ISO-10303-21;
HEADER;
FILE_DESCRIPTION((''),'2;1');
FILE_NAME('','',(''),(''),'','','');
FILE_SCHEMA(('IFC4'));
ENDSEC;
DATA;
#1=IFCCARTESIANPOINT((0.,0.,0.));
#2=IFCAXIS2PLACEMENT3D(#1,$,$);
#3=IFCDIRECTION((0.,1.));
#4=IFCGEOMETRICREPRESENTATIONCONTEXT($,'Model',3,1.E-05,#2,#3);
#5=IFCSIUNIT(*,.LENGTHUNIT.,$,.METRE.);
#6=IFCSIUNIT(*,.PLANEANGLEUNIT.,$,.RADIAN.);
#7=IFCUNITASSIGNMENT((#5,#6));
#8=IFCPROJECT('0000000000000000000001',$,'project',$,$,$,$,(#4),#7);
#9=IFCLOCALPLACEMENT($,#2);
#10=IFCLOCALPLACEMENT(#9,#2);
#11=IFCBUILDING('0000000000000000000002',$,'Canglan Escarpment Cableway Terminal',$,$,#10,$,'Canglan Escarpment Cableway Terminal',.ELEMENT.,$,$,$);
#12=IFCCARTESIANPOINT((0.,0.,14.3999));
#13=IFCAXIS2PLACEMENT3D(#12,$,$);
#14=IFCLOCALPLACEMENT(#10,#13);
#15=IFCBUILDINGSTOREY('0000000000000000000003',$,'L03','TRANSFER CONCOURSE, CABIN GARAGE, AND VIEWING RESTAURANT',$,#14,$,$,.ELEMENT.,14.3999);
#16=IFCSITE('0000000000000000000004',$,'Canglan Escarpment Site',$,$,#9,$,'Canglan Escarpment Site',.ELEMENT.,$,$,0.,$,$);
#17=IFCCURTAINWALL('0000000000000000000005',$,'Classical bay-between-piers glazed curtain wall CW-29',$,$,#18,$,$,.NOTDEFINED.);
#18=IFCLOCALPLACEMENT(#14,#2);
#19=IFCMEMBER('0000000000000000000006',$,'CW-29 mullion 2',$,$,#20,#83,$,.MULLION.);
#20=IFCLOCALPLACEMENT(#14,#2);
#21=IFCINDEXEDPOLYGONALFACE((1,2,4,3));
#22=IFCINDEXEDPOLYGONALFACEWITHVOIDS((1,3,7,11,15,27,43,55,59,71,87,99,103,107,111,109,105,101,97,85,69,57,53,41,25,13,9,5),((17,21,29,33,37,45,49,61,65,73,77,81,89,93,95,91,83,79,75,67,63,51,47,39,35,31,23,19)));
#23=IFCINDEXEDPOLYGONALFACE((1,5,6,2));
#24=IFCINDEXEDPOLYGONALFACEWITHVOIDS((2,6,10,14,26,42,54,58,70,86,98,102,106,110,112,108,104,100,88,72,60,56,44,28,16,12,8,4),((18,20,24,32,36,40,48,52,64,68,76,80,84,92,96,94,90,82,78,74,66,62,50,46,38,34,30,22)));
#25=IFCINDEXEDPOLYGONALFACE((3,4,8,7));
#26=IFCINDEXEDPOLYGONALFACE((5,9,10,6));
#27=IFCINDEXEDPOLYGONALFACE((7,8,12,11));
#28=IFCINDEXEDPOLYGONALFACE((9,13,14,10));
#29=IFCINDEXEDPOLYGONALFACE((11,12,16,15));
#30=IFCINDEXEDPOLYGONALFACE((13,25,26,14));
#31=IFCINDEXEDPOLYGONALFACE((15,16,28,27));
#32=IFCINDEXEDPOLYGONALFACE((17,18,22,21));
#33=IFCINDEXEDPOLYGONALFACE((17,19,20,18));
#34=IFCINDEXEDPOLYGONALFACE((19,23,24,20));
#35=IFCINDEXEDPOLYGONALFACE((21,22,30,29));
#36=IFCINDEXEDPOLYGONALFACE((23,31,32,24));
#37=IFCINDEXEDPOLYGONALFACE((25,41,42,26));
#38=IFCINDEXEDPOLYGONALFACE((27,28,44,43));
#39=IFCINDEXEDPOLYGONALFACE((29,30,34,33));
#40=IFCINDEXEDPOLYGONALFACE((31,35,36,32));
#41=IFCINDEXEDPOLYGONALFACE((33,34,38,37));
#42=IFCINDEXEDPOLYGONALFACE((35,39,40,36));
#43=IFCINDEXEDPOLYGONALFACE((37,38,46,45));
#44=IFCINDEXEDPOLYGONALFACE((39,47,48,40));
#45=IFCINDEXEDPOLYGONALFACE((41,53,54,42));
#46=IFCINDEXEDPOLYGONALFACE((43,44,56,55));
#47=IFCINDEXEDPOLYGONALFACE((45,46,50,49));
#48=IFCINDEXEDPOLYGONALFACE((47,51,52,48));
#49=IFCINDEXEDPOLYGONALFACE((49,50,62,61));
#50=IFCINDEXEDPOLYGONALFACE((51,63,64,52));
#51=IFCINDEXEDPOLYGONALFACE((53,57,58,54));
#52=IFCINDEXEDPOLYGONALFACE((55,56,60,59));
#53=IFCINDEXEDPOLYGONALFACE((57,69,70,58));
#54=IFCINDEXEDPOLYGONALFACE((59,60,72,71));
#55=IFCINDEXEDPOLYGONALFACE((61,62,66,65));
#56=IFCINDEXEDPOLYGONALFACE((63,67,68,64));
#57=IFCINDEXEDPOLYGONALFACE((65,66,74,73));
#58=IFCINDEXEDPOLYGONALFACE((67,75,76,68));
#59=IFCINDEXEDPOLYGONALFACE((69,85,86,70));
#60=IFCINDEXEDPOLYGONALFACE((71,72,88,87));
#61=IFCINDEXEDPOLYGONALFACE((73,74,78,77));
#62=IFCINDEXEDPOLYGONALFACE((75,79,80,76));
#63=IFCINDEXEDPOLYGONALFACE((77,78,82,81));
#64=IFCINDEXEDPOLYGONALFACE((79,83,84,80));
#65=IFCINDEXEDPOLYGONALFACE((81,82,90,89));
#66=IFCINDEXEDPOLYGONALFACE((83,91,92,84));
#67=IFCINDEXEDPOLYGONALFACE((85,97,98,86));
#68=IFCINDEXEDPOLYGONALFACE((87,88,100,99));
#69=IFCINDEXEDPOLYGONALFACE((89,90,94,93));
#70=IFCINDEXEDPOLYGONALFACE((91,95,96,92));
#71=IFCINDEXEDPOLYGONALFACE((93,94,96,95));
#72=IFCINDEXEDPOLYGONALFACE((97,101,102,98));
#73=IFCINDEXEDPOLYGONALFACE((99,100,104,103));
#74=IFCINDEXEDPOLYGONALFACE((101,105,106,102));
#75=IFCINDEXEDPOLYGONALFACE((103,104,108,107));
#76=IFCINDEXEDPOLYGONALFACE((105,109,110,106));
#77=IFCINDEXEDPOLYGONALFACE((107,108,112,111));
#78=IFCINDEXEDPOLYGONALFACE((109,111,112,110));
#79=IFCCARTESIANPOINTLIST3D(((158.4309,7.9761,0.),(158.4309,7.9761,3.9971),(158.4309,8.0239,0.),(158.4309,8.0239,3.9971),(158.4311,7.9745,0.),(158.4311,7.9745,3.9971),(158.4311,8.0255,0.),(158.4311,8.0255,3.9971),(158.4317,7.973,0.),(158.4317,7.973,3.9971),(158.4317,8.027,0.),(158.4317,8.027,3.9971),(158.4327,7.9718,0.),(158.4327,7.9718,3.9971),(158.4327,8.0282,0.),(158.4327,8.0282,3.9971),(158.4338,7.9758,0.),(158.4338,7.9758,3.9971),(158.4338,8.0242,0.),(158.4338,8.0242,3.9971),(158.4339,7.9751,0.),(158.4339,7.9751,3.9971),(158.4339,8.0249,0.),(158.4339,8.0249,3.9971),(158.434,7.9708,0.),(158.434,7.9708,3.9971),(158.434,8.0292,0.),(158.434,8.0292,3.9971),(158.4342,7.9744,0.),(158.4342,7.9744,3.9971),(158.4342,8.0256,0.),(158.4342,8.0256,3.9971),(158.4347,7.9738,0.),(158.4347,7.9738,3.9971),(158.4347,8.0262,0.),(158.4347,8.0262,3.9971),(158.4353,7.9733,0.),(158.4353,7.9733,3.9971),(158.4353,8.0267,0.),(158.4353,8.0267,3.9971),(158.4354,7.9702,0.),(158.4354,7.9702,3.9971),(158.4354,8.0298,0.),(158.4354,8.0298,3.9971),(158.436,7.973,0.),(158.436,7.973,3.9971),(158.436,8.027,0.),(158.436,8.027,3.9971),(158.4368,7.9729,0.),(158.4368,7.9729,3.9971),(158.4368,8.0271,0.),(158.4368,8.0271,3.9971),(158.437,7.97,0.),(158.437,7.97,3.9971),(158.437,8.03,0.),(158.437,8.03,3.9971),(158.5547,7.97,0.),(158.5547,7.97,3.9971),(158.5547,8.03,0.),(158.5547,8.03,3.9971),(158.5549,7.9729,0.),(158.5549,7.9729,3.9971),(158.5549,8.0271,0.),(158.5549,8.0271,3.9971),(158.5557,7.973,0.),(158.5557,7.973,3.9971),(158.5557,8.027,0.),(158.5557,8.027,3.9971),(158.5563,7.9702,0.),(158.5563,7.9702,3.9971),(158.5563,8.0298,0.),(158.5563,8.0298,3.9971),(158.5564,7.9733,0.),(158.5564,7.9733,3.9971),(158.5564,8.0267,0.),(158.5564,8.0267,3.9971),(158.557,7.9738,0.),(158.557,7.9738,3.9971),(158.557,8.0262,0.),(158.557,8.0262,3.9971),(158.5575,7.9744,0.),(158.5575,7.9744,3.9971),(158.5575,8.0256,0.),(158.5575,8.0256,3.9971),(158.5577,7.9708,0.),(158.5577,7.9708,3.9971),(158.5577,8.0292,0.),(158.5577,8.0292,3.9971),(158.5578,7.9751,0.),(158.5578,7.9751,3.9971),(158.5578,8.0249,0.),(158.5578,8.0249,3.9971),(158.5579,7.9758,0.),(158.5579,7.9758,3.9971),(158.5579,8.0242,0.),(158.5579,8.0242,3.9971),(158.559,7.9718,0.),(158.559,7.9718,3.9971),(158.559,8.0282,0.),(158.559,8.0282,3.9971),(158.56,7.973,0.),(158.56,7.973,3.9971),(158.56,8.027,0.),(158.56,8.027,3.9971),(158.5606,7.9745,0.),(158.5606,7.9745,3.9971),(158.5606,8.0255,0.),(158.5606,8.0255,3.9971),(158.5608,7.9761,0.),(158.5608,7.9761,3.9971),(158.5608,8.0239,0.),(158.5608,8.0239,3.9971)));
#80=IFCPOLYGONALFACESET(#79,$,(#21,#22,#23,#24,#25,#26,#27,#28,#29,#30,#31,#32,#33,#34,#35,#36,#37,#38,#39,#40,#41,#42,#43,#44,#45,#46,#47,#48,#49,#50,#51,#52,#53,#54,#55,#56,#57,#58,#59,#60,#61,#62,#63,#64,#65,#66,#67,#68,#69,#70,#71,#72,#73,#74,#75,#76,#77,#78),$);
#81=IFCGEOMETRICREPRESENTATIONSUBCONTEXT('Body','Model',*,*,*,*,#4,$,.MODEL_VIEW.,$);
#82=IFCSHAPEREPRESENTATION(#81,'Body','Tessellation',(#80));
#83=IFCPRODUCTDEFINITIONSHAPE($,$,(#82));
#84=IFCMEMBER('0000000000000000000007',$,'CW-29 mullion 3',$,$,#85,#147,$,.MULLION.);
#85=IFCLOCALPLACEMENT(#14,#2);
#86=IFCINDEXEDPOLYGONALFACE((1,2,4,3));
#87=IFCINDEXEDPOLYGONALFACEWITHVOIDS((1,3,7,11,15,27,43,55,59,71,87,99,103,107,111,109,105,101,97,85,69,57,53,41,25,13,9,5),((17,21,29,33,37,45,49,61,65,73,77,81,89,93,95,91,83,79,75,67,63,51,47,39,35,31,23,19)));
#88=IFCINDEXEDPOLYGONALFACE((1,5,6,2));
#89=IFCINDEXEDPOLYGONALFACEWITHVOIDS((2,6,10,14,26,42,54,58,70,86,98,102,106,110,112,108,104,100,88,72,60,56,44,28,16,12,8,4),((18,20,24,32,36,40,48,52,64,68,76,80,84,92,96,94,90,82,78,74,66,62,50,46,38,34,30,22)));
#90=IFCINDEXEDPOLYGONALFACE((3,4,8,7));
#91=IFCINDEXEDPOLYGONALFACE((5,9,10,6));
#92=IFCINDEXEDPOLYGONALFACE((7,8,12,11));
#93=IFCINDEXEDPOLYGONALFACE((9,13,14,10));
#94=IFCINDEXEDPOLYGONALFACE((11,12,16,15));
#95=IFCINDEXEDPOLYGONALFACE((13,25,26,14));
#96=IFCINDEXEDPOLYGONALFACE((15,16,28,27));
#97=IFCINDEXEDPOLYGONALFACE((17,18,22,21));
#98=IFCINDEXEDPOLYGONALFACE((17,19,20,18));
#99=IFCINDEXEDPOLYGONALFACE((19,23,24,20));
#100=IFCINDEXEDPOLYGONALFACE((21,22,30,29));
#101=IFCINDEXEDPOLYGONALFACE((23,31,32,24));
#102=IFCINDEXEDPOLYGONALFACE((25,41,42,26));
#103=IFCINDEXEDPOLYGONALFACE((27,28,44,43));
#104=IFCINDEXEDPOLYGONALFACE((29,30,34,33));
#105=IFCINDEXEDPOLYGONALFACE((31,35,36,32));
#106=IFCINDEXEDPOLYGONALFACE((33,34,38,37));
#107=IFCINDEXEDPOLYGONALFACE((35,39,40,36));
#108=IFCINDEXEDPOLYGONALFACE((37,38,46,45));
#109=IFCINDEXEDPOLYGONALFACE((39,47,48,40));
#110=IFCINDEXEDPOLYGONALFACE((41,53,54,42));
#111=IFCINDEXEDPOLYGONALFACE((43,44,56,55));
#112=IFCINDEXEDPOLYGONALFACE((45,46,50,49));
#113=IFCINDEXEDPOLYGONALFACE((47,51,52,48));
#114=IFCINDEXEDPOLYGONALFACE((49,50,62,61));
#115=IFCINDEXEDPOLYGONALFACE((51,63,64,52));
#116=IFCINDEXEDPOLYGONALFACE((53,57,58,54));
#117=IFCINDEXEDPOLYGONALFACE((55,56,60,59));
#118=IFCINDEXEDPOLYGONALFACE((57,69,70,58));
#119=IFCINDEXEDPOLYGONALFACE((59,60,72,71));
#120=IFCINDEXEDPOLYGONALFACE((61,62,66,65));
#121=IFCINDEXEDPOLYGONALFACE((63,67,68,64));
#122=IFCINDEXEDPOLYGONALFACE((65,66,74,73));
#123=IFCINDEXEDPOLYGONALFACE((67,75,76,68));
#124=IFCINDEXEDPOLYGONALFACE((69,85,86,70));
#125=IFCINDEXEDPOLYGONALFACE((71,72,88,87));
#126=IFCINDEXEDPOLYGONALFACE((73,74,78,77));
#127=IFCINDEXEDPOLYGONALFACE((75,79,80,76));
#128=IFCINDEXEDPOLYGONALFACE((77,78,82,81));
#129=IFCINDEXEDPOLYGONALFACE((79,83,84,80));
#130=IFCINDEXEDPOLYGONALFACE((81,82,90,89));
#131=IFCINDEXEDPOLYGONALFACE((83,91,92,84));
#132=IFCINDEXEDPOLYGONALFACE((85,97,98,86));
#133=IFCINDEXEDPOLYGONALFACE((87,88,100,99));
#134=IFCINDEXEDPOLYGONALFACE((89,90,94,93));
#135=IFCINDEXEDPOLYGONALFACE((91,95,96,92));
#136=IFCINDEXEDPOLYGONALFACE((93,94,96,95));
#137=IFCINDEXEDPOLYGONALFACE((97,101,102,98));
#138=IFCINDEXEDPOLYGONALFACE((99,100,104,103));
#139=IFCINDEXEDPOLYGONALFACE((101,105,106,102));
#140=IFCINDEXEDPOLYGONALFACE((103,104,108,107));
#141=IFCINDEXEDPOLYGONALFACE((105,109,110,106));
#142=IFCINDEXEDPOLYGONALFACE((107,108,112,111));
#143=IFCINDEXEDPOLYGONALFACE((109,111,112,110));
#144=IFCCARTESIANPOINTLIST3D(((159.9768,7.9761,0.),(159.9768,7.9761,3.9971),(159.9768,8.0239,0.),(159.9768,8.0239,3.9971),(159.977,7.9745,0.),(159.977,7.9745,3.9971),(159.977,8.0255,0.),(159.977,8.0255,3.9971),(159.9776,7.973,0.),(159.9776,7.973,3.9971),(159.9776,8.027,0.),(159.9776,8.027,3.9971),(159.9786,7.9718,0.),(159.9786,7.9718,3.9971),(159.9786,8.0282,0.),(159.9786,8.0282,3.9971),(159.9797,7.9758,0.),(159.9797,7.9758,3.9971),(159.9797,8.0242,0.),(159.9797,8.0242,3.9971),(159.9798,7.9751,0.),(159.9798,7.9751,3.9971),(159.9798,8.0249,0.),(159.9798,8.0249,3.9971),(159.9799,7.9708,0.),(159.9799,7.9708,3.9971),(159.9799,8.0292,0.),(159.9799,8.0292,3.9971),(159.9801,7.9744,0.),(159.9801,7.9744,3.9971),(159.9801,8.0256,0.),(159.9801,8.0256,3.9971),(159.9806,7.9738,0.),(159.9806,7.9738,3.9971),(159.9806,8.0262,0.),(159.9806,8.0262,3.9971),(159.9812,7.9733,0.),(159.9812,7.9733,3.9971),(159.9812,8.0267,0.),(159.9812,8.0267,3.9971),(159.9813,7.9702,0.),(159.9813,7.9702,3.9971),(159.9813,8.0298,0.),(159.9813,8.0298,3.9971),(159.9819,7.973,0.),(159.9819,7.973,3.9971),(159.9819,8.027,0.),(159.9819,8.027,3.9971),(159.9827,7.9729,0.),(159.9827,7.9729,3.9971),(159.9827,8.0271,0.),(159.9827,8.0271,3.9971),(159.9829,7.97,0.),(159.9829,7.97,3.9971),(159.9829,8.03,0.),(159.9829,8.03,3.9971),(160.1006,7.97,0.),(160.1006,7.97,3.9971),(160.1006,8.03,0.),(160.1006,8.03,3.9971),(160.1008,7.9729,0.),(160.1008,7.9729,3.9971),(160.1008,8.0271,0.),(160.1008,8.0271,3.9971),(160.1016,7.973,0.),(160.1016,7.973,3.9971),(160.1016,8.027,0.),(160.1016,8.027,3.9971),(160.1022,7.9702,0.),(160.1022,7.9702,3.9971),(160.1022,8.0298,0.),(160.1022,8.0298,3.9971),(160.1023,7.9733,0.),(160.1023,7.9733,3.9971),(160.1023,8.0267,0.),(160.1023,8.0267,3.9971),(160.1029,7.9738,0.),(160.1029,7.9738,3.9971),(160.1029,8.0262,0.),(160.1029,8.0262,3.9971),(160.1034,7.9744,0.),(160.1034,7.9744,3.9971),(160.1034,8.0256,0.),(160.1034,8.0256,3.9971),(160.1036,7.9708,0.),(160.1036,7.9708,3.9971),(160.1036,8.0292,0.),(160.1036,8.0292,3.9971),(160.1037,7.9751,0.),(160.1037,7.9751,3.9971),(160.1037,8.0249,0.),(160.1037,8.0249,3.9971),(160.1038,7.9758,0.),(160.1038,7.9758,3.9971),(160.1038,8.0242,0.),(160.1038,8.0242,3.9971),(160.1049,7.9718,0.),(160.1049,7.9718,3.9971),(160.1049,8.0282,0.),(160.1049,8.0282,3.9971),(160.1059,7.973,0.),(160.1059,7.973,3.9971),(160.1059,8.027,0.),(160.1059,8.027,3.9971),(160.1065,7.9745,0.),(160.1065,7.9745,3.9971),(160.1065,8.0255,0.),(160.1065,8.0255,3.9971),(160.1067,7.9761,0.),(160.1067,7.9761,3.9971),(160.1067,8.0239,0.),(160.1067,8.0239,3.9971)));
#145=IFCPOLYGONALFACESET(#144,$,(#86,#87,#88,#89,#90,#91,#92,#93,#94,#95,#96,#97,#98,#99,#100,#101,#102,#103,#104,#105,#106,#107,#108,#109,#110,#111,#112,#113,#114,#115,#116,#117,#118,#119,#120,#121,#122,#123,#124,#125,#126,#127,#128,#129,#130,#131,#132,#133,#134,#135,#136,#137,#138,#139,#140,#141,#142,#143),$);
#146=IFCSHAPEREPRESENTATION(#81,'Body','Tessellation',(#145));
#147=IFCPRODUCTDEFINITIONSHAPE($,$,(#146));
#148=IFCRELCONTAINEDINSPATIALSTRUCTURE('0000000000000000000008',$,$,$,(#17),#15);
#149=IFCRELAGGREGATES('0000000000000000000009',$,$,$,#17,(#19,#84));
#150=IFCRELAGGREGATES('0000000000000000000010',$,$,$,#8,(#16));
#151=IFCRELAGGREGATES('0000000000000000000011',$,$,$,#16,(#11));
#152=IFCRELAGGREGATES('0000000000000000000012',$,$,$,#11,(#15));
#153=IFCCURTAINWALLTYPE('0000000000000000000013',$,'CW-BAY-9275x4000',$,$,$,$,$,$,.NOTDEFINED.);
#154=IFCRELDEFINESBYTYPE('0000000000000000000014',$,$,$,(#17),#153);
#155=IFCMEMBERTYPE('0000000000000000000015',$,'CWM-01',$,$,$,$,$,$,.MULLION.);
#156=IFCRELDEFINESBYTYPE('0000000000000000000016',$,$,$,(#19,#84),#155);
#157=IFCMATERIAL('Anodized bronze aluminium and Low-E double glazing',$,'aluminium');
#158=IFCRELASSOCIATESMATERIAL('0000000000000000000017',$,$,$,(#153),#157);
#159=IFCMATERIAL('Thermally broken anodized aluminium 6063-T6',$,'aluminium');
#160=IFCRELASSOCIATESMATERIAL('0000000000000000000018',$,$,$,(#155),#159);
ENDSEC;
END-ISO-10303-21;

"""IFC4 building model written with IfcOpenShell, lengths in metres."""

from ifc_helpers import new_model, si_unit, direction, frame, origin, origin_2d, place, context, subcontext, project, spatial, hollow_rectangle, extrude, material, material_profile, profile_set, type_object, element, aggregate, save


model = new_model("IFC4")

# Units and contexts
model_context = context("Model", 3, precision=1e-05, world=origin(), true_north=direction((0.0, 1.0)))
body_context = subcontext(model_context, "Body", "Model", "MODEL_VIEW")
ifc_project = project(units=[si_unit("LENGTHUNIT", "METRE"), si_unit("PLANEANGLEUNIT", "RADIAN")], contexts=[model_context])

# Site, building, storey
site_placement = place(None, origin())
site = spatial("IfcSite", under=ifc_project, at=site_placement, Name="Canglan Escarpment Site", LongName="Canglan Escarpment Site", CompositionType="ELEMENT", RefElevation=0.0)
building_placement = place(site_placement, origin())
building = spatial("IfcBuilding", under=site, at=building_placement, Name="Canglan Escarpment Cableway Terminal", LongName="Canglan Escarpment Cableway Terminal", CompositionType="ELEMENT")
storey_placement = place(building_placement, frame((0.0, 0.0, 14.3999)))
storey = spatial("IfcBuildingStorey", under=building, at=storey_placement, Name="L03", Description="TRANSFER CONCOURSE, CABIN GARAGE, AND VIEWING RESTAURANT", CompositionType="ELEMENT", Elevation=14.3999)

# Curtain wall, members
ifc_material_1 = material(Name="Anodized bronze aluminium and Low-E double glazing", Category="aluminium")
curtain_wall_type = type_object("IfcCurtainWallType", Name="CW-BAY-9275x4000", PredefinedType="NOTDEFINED", material=ifc_material_1)
curtain_wall_placement = place(storey_placement, origin())
curtain_wall = element("IfcCurtainWall", 1, at=curtain_wall_placement, inside=storey, type_object=curtain_wall_type, Name="Classical bay-between-piers glazed curtain wall CW-29", PredefinedType="NOTDEFINED")
ifc_material_2 = material(Name="Thermally broken anodized aluminium 6063-T6", Category="aluminium")
ifc_material_profile_1 = material_profile(ifc_material_2, hollow_rectangle(XDim=0.0601, YDim=0.1299, WallThickness=0.0029, InnerFilletRadius=0.0029, OuterFilletRadius=0.0061, at=origin_2d()), Name="ALU-MULL 60x130x3")
ifc_profile_set_1 = profile_set([ifc_material_profile_1], Name="Thermally broken anodized aluminium 6063-T6")
member_type_1 = type_object("IfcMemberType", Name="CWM-01", PredefinedType="MULLION", material=ifc_profile_set_1)
member_1_placement = place(storey_placement, frame((158.4958, 8.0, 0.0), z_axis=(0.0, 0.0, 1.0), x_axis=(0.0, 1.0, 0.0)))
member_1 = element("IfcMember", 2, at=member_1_placement, type_object=member_type_1, Name="CW-29 mullion 2", PredefinedType="MULLION", context=body_context, shape_type="SweptSolid", body=[
    extrude(hollow_rectangle(XDim=0.0601, YDim=0.1299, WallThickness=0.0029, InnerFilletRadius=0.0029, OuterFilletRadius=0.0061, at=origin_2d()), origin(), (0.0, 0.0, 1.0), 3.9971),
])
member_2_placement = place(storey_placement, frame((160.0417, 8.0, 0.0), z_axis=(0.0, 0.0, 1.0), x_axis=(0.0, 1.0, 0.0)))
member_2 = element("IfcMember", 3, at=member_2_placement, type_object=member_type_1, Name="CW-29 mullion 3", PredefinedType="MULLION", context=body_context, shape_type="SweptSolid", body=[
    extrude(hollow_rectangle(XDim=0.0601, YDim=0.1299, WallThickness=0.0029, InnerFilletRadius=0.0029, OuterFilletRadius=0.0061, at=origin_2d()), origin(), (0.0, 0.0, 1.0), 3.9971),
])
aggregate(curtain_wall, [member_1, member_2])

save(model, "model.ifc")
